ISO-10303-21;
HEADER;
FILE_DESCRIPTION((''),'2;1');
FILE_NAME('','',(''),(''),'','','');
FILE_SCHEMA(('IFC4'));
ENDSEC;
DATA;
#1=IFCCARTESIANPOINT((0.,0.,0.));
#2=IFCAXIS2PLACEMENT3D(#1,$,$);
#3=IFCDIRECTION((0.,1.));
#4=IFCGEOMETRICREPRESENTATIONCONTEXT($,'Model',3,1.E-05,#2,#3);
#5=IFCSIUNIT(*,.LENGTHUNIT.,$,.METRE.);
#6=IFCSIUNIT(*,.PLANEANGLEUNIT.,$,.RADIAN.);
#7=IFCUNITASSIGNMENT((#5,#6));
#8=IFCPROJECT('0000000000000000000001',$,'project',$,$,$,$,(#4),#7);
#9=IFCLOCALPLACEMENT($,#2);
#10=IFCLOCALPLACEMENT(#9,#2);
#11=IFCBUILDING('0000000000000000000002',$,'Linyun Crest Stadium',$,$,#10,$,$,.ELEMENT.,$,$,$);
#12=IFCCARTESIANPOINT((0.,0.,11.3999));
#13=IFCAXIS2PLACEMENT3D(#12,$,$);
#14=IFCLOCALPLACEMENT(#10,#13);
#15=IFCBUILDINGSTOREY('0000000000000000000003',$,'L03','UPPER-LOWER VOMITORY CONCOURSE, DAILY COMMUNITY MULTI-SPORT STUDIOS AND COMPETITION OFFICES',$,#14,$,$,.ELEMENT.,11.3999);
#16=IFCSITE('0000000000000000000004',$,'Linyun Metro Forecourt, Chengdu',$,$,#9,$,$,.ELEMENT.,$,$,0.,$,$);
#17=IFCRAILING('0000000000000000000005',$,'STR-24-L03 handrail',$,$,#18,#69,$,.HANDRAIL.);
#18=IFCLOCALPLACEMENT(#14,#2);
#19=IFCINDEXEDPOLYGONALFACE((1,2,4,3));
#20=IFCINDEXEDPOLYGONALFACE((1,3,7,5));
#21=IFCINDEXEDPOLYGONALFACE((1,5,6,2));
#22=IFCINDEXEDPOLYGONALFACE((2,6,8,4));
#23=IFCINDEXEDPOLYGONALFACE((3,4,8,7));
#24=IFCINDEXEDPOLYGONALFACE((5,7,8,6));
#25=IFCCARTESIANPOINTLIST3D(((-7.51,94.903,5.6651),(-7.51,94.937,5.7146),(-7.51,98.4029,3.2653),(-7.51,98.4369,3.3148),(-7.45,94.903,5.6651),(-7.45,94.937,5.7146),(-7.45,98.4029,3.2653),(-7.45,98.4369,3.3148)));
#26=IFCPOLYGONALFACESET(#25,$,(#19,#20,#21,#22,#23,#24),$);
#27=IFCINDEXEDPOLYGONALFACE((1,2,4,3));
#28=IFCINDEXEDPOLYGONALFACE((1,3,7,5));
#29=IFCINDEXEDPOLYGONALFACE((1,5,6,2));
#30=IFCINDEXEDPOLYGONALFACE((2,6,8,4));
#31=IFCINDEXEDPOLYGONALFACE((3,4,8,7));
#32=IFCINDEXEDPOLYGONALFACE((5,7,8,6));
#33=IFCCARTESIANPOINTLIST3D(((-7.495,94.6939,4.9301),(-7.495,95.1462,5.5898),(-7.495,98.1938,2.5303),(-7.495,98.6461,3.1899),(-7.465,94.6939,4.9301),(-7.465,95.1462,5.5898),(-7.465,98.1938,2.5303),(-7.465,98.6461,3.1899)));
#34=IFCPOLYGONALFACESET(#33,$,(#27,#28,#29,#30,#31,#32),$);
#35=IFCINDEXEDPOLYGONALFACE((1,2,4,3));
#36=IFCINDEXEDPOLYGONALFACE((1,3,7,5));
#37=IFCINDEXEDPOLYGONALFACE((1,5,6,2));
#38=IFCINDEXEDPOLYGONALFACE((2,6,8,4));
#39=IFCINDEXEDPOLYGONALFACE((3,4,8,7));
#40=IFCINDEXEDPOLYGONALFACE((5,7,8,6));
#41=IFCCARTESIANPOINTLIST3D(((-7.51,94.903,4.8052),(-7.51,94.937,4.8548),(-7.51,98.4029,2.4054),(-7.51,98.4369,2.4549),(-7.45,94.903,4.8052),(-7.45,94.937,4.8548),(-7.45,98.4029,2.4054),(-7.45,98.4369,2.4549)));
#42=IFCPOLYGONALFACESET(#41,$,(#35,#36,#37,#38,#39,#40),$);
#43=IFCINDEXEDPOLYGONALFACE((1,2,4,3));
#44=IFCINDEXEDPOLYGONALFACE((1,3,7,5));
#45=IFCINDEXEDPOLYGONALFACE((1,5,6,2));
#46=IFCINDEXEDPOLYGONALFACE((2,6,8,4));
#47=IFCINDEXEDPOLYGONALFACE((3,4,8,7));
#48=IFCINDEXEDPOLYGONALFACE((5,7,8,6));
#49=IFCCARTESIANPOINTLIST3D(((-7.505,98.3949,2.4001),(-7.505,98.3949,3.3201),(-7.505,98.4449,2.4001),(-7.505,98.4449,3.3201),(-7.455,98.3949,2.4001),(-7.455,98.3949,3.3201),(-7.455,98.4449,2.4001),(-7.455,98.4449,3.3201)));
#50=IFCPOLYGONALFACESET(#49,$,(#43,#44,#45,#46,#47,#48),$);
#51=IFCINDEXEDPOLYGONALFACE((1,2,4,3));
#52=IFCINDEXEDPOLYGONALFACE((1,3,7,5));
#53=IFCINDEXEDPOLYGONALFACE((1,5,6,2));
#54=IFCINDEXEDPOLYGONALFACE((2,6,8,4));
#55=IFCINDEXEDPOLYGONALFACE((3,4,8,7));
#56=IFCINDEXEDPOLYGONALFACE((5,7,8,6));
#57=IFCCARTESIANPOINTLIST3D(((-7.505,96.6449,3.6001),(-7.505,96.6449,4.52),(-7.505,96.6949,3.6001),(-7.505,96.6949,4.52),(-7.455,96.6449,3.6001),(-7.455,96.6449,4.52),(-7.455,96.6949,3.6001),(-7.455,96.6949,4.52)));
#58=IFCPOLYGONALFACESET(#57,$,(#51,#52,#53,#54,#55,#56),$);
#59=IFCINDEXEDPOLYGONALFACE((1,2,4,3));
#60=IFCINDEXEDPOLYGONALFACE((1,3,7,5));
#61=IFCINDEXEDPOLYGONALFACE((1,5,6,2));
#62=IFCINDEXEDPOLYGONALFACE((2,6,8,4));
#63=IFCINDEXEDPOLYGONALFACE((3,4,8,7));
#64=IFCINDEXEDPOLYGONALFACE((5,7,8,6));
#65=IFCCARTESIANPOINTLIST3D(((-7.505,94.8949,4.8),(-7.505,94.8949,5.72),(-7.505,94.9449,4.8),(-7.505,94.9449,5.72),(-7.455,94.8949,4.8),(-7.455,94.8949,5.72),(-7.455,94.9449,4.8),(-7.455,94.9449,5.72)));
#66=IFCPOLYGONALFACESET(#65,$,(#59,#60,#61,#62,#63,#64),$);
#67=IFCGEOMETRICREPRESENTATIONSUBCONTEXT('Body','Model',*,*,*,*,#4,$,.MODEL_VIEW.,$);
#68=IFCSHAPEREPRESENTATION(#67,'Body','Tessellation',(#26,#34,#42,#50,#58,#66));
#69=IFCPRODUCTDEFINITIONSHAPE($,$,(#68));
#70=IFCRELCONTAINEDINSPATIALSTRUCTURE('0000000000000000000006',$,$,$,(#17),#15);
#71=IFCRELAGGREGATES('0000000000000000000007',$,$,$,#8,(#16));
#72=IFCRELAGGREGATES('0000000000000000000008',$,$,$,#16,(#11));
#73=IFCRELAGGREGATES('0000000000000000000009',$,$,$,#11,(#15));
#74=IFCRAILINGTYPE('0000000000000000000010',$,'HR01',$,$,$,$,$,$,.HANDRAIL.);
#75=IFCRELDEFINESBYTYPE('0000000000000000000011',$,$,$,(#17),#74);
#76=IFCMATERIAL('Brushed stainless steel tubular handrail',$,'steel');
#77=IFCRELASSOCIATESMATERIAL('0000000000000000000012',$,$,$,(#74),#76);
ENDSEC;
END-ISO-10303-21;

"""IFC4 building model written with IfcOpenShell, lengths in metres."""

from ifc_helpers import new_model, si_unit, direction, frame, origin, origin_2d, place, context, subcontext, project, spatial, rectangle, extrude, material, type_object, element, save


model = new_model("IFC4")

# Units and contexts
model_context = context("Model", 3, precision=1e-05, world=origin(), true_north=direction((0.0, 1.0)))
body_context = subcontext(model_context, "Body", "Model", "MODEL_VIEW")
ifc_project = project(units=[si_unit("LENGTHUNIT", "METRE"), si_unit("PLANEANGLEUNIT", "RADIAN")], contexts=[model_context])

# Site, building, storey
site_placement = place(None, origin())
site = spatial("IfcSite", under=ifc_project, at=site_placement, Name="Linyun Metro Forecourt, Chengdu", CompositionType="ELEMENT", RefElevation=0.0)
building_placement = place(site_placement, origin())
building = spatial("IfcBuilding", under=site, at=building_placement, Name="Linyun Crest Stadium", CompositionType="ELEMENT")
storey_placement = place(building_placement, frame((0.0, 0.0, 11.3999)))
storey = spatial("IfcBuildingStorey", under=building, at=storey_placement, Name="L03", Description="UPPER-LOWER VOMITORY CONCOURSE, DAILY COMMUNITY MULTI-SPORT STUDIOS AND COMPETITION OFFICES", CompositionType="ELEMENT", Elevation=11.3999)

# Railing
ifc_material_1 = material(Name="Brushed stainless steel tubular handrail", Category="steel")
railing_type_1 = type_object("IfcRailingType", Name="HR01", PredefinedType="HANDRAIL", material=ifc_material_1)
railing_1_placement = place(storey_placement, frame((-7.48, 98.4199, 2.4001)))
element("IfcRailing", 1, at=railing_1_placement, inside=storey, type_object=railing_type_1, Name="STR-24-L03 handrail", PredefinedType="HANDRAIL", context=body_context, shape_type="SweptSolid", body=[
    extrude(rectangle(XDim=0.0601, YDim=0.0601, at=origin_2d()), frame((0.0, 0.0, 0.8899), z_axis=(0.0, -0.82474, 0.565513), x_axis=(1.0, 0.0, 0.0)), (0.0, 0.0, 1.0), 4.2437),
    extrude(rectangle(XDim=0.03, YDim=0.7998, at=origin_2d()), frame((0.0, 0.0, 0.46), z_axis=(0.0, -0.82474, 0.565513), x_axis=(1.0, 0.0, 0.0)), (0.0, 0.0, 1.0), 4.2437),
    extrude(rectangle(XDim=0.0601, YDim=0.0601, at=origin_2d()), frame((0.0, 0.0, 0.03), z_axis=(0.0, -0.82474, 0.565513), x_axis=(1.0, 0.0, 0.0)), (0.0, 0.0, 1.0), 4.2437),
    extrude(rectangle(XDim=0.05, YDim=0.05, at=origin_2d()), origin(), (0.0, 0.0, 1.0), 0.9199),
    extrude(rectangle(XDim=0.05, YDim=0.05, at=origin_2d()), frame((0.0, -1.75, 1.2)), (0.0, 0.0, 1.0), 0.9199),
    extrude(rectangle(XDim=0.05, YDim=0.05, at=origin_2d()), frame((0.0, -3.5, 2.3999)), (0.0, 0.0, 1.0), 0.9199),
])

save(model, "model.ifc")
